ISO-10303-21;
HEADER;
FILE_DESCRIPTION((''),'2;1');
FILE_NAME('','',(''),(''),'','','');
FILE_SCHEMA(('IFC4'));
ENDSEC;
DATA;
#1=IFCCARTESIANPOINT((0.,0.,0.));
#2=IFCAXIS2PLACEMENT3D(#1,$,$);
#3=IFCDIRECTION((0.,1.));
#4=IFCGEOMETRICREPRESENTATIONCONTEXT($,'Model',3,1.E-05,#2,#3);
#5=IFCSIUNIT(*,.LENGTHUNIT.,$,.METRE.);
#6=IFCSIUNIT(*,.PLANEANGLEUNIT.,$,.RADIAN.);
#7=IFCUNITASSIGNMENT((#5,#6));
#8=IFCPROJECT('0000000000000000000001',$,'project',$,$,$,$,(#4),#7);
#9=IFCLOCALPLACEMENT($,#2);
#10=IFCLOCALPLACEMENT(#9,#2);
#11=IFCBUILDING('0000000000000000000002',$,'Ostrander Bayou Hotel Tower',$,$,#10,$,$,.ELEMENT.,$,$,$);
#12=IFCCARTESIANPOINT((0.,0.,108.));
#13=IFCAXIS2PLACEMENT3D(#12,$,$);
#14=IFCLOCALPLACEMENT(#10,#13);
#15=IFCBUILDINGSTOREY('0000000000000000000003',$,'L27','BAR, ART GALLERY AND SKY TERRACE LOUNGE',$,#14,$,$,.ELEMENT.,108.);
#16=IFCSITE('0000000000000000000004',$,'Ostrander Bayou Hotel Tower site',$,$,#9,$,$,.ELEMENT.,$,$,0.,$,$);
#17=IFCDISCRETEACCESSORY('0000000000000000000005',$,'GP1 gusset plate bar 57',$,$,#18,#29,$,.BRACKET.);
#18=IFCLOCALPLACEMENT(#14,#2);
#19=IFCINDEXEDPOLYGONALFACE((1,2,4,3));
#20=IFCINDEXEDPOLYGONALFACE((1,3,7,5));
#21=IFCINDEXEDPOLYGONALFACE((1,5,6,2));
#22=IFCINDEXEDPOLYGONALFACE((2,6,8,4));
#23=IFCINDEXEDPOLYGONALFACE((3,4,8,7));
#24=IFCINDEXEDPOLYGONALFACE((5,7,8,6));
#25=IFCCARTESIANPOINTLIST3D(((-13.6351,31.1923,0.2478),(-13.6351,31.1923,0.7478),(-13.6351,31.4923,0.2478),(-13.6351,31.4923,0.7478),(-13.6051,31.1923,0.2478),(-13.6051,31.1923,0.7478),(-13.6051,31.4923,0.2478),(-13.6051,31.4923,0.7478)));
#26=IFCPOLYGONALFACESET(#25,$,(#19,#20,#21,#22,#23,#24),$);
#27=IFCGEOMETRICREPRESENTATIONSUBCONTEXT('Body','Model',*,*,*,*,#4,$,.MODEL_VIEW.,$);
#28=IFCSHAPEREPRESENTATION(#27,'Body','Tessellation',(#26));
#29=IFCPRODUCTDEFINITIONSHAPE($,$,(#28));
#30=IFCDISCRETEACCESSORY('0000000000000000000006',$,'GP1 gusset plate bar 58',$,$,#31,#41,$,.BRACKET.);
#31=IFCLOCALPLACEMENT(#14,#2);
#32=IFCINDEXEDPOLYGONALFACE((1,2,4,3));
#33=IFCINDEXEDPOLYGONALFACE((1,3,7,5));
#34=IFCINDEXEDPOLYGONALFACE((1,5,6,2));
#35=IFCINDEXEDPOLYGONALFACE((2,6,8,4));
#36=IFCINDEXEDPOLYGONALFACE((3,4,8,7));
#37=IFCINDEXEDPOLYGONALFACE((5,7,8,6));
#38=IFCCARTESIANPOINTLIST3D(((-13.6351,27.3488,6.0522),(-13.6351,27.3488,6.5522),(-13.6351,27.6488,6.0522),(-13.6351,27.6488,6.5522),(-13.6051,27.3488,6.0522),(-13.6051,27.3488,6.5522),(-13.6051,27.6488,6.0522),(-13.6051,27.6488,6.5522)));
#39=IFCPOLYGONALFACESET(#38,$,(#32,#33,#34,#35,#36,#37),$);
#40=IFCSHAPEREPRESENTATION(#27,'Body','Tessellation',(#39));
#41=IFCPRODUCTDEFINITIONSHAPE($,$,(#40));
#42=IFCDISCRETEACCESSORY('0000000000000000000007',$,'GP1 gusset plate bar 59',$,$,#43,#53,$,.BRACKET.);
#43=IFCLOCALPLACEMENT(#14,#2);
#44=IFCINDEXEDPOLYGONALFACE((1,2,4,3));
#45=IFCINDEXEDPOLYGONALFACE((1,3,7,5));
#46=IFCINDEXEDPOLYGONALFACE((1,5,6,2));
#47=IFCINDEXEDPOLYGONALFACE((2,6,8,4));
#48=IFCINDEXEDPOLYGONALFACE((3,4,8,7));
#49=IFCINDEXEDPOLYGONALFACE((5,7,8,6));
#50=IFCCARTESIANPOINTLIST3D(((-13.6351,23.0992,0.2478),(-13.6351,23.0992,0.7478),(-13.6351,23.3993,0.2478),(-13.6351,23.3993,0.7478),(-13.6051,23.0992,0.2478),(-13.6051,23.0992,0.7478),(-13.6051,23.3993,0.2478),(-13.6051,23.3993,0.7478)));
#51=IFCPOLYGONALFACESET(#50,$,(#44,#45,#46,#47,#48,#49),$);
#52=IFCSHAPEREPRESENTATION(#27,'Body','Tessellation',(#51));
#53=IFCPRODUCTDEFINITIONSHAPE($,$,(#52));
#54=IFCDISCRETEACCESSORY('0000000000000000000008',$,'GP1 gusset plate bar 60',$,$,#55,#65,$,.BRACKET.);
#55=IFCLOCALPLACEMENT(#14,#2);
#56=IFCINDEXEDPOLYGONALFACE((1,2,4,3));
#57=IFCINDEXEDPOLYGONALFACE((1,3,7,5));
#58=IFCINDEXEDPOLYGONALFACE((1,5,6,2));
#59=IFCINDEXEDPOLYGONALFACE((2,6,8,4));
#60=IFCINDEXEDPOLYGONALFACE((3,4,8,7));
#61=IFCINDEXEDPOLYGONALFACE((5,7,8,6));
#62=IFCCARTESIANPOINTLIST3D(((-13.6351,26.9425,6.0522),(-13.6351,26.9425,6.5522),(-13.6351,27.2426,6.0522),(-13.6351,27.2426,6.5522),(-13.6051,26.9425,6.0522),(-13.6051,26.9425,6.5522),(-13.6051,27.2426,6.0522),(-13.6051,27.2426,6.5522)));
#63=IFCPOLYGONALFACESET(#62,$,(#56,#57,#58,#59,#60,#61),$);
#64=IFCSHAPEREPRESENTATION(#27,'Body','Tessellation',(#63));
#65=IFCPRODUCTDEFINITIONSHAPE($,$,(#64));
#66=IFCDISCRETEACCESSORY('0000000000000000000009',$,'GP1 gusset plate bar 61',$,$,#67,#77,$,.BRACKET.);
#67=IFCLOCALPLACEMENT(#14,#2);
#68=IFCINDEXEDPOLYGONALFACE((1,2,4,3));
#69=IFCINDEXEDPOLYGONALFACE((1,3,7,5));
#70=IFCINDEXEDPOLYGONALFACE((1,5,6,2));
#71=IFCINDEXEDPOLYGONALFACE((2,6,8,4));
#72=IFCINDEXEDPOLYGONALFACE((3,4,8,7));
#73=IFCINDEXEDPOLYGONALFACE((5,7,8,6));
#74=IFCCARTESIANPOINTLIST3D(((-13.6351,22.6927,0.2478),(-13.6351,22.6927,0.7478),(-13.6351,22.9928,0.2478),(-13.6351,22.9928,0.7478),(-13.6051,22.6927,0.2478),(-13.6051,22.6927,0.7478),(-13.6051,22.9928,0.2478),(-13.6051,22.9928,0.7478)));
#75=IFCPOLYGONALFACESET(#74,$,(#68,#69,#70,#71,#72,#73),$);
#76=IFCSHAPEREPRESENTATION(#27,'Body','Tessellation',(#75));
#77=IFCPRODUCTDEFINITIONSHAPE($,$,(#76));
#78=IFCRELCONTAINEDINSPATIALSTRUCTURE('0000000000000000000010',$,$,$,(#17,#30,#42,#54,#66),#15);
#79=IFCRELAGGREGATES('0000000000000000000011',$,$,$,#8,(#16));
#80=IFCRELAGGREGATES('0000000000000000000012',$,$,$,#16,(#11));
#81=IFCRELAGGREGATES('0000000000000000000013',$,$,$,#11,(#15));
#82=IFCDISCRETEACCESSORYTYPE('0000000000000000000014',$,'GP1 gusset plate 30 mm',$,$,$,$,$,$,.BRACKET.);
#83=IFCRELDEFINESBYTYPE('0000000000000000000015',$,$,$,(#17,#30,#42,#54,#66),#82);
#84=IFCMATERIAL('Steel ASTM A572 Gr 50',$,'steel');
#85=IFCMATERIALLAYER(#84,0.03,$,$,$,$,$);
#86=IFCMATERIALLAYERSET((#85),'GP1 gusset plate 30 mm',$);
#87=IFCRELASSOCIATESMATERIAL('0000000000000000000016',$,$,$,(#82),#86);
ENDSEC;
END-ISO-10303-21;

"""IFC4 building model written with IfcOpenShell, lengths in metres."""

from ifc_helpers import new_model, si_unit, direction, frame, origin, origin_2d, place, context, subcontext, project, spatial, rectangle, extrude, material, layer, layer_set, type_object, element, save


model = new_model("IFC4")

# Units and contexts
model_context = context("Model", 3, precision=1e-05, world=origin(), true_north=direction((0.0, 1.0)))
body_context = subcontext(model_context, "Body", "Model", "MODEL_VIEW")
ifc_project = project(units=[si_unit("LENGTHUNIT", "METRE"), si_unit("PLANEANGLEUNIT", "RADIAN")], contexts=[model_context])

# Site, building, storey
site_placement = place(None, origin())
site = spatial("IfcSite", under=ifc_project, at=site_placement, Name="Ostrander Bayou Hotel Tower site", CompositionType="ELEMENT", RefElevation=0.0)
building_placement = place(site_placement, origin())
building = spatial("IfcBuilding", under=site, at=building_placement, Name="Ostrander Bayou Hotel Tower", CompositionType="ELEMENT")
storey_placement = place(building_placement, frame((0.0, 0.0, 108.0)))
storey = spatial("IfcBuildingStorey", under=building, at=storey_placement, Name="L27", Description="BAR, ART GALLERY AND SKY TERRACE LOUNGE", CompositionType="ELEMENT", Elevation=108.0)

# Discrete accessories
ifc_material_1 = material(Name="Steel ASTM A572 Gr 50", Category="steel")
ifc_layer = layer(ifc_material_1, 0.03)
ifc_layer_set = layer_set([ifc_layer], Name="GP1 gusset plate 30 mm")
discrete_accessory_type = type_object("IfcDiscreteAccessoryType", Name="GP1 gusset plate 30 mm", PredefinedType="BRACKET", material=ifc_layer_set)
for number, where, z_axis, x_axis, name in (
    (1, (-13.6201, 31.3423, 0.2478), (0.0, 0.0, 1.0), (0.0, -1.0, 0.0), "GP1 gusset plate bar 57"),
    (2, (-13.6201, 27.4988, 6.0522), (0.0, 0.0, 1.0), (0.0, -1.0, 0.0), "GP1 gusset plate bar 58"),
    (3, (-13.6201, 23.2493, 0.2478), (0.0, 0.0, 1.0), (0.0, 1.0, 0.0), "GP1 gusset plate bar 59"),
    (4, (-13.6201, 27.0925, 6.0522), (0.0, 0.0, 1.0), (0.0, 1.0, 0.0), "GP1 gusset plate bar 60"),
    (5, (-13.6201, 22.8428, 0.2478), (0.0, 0.0, 1.0), (0.0, -1.0, 0.0), "GP1 gusset plate bar 61"),
):
    element("IfcDiscreteAccessory", number, at=place(storey_placement, frame(where, z_axis=z_axis, x_axis=x_axis)), inside=storey, type_object=discrete_accessory_type, Name=name, PredefinedType="BRACKET", context=body_context, shape_type="SweptSolid", body=[
        extrude(rectangle(XDim=0.3, YDim=0.03, at=origin_2d()), origin(), (0.0, 0.0, 1.0), 0.5),
    ])

save(model, "model.ifc")
